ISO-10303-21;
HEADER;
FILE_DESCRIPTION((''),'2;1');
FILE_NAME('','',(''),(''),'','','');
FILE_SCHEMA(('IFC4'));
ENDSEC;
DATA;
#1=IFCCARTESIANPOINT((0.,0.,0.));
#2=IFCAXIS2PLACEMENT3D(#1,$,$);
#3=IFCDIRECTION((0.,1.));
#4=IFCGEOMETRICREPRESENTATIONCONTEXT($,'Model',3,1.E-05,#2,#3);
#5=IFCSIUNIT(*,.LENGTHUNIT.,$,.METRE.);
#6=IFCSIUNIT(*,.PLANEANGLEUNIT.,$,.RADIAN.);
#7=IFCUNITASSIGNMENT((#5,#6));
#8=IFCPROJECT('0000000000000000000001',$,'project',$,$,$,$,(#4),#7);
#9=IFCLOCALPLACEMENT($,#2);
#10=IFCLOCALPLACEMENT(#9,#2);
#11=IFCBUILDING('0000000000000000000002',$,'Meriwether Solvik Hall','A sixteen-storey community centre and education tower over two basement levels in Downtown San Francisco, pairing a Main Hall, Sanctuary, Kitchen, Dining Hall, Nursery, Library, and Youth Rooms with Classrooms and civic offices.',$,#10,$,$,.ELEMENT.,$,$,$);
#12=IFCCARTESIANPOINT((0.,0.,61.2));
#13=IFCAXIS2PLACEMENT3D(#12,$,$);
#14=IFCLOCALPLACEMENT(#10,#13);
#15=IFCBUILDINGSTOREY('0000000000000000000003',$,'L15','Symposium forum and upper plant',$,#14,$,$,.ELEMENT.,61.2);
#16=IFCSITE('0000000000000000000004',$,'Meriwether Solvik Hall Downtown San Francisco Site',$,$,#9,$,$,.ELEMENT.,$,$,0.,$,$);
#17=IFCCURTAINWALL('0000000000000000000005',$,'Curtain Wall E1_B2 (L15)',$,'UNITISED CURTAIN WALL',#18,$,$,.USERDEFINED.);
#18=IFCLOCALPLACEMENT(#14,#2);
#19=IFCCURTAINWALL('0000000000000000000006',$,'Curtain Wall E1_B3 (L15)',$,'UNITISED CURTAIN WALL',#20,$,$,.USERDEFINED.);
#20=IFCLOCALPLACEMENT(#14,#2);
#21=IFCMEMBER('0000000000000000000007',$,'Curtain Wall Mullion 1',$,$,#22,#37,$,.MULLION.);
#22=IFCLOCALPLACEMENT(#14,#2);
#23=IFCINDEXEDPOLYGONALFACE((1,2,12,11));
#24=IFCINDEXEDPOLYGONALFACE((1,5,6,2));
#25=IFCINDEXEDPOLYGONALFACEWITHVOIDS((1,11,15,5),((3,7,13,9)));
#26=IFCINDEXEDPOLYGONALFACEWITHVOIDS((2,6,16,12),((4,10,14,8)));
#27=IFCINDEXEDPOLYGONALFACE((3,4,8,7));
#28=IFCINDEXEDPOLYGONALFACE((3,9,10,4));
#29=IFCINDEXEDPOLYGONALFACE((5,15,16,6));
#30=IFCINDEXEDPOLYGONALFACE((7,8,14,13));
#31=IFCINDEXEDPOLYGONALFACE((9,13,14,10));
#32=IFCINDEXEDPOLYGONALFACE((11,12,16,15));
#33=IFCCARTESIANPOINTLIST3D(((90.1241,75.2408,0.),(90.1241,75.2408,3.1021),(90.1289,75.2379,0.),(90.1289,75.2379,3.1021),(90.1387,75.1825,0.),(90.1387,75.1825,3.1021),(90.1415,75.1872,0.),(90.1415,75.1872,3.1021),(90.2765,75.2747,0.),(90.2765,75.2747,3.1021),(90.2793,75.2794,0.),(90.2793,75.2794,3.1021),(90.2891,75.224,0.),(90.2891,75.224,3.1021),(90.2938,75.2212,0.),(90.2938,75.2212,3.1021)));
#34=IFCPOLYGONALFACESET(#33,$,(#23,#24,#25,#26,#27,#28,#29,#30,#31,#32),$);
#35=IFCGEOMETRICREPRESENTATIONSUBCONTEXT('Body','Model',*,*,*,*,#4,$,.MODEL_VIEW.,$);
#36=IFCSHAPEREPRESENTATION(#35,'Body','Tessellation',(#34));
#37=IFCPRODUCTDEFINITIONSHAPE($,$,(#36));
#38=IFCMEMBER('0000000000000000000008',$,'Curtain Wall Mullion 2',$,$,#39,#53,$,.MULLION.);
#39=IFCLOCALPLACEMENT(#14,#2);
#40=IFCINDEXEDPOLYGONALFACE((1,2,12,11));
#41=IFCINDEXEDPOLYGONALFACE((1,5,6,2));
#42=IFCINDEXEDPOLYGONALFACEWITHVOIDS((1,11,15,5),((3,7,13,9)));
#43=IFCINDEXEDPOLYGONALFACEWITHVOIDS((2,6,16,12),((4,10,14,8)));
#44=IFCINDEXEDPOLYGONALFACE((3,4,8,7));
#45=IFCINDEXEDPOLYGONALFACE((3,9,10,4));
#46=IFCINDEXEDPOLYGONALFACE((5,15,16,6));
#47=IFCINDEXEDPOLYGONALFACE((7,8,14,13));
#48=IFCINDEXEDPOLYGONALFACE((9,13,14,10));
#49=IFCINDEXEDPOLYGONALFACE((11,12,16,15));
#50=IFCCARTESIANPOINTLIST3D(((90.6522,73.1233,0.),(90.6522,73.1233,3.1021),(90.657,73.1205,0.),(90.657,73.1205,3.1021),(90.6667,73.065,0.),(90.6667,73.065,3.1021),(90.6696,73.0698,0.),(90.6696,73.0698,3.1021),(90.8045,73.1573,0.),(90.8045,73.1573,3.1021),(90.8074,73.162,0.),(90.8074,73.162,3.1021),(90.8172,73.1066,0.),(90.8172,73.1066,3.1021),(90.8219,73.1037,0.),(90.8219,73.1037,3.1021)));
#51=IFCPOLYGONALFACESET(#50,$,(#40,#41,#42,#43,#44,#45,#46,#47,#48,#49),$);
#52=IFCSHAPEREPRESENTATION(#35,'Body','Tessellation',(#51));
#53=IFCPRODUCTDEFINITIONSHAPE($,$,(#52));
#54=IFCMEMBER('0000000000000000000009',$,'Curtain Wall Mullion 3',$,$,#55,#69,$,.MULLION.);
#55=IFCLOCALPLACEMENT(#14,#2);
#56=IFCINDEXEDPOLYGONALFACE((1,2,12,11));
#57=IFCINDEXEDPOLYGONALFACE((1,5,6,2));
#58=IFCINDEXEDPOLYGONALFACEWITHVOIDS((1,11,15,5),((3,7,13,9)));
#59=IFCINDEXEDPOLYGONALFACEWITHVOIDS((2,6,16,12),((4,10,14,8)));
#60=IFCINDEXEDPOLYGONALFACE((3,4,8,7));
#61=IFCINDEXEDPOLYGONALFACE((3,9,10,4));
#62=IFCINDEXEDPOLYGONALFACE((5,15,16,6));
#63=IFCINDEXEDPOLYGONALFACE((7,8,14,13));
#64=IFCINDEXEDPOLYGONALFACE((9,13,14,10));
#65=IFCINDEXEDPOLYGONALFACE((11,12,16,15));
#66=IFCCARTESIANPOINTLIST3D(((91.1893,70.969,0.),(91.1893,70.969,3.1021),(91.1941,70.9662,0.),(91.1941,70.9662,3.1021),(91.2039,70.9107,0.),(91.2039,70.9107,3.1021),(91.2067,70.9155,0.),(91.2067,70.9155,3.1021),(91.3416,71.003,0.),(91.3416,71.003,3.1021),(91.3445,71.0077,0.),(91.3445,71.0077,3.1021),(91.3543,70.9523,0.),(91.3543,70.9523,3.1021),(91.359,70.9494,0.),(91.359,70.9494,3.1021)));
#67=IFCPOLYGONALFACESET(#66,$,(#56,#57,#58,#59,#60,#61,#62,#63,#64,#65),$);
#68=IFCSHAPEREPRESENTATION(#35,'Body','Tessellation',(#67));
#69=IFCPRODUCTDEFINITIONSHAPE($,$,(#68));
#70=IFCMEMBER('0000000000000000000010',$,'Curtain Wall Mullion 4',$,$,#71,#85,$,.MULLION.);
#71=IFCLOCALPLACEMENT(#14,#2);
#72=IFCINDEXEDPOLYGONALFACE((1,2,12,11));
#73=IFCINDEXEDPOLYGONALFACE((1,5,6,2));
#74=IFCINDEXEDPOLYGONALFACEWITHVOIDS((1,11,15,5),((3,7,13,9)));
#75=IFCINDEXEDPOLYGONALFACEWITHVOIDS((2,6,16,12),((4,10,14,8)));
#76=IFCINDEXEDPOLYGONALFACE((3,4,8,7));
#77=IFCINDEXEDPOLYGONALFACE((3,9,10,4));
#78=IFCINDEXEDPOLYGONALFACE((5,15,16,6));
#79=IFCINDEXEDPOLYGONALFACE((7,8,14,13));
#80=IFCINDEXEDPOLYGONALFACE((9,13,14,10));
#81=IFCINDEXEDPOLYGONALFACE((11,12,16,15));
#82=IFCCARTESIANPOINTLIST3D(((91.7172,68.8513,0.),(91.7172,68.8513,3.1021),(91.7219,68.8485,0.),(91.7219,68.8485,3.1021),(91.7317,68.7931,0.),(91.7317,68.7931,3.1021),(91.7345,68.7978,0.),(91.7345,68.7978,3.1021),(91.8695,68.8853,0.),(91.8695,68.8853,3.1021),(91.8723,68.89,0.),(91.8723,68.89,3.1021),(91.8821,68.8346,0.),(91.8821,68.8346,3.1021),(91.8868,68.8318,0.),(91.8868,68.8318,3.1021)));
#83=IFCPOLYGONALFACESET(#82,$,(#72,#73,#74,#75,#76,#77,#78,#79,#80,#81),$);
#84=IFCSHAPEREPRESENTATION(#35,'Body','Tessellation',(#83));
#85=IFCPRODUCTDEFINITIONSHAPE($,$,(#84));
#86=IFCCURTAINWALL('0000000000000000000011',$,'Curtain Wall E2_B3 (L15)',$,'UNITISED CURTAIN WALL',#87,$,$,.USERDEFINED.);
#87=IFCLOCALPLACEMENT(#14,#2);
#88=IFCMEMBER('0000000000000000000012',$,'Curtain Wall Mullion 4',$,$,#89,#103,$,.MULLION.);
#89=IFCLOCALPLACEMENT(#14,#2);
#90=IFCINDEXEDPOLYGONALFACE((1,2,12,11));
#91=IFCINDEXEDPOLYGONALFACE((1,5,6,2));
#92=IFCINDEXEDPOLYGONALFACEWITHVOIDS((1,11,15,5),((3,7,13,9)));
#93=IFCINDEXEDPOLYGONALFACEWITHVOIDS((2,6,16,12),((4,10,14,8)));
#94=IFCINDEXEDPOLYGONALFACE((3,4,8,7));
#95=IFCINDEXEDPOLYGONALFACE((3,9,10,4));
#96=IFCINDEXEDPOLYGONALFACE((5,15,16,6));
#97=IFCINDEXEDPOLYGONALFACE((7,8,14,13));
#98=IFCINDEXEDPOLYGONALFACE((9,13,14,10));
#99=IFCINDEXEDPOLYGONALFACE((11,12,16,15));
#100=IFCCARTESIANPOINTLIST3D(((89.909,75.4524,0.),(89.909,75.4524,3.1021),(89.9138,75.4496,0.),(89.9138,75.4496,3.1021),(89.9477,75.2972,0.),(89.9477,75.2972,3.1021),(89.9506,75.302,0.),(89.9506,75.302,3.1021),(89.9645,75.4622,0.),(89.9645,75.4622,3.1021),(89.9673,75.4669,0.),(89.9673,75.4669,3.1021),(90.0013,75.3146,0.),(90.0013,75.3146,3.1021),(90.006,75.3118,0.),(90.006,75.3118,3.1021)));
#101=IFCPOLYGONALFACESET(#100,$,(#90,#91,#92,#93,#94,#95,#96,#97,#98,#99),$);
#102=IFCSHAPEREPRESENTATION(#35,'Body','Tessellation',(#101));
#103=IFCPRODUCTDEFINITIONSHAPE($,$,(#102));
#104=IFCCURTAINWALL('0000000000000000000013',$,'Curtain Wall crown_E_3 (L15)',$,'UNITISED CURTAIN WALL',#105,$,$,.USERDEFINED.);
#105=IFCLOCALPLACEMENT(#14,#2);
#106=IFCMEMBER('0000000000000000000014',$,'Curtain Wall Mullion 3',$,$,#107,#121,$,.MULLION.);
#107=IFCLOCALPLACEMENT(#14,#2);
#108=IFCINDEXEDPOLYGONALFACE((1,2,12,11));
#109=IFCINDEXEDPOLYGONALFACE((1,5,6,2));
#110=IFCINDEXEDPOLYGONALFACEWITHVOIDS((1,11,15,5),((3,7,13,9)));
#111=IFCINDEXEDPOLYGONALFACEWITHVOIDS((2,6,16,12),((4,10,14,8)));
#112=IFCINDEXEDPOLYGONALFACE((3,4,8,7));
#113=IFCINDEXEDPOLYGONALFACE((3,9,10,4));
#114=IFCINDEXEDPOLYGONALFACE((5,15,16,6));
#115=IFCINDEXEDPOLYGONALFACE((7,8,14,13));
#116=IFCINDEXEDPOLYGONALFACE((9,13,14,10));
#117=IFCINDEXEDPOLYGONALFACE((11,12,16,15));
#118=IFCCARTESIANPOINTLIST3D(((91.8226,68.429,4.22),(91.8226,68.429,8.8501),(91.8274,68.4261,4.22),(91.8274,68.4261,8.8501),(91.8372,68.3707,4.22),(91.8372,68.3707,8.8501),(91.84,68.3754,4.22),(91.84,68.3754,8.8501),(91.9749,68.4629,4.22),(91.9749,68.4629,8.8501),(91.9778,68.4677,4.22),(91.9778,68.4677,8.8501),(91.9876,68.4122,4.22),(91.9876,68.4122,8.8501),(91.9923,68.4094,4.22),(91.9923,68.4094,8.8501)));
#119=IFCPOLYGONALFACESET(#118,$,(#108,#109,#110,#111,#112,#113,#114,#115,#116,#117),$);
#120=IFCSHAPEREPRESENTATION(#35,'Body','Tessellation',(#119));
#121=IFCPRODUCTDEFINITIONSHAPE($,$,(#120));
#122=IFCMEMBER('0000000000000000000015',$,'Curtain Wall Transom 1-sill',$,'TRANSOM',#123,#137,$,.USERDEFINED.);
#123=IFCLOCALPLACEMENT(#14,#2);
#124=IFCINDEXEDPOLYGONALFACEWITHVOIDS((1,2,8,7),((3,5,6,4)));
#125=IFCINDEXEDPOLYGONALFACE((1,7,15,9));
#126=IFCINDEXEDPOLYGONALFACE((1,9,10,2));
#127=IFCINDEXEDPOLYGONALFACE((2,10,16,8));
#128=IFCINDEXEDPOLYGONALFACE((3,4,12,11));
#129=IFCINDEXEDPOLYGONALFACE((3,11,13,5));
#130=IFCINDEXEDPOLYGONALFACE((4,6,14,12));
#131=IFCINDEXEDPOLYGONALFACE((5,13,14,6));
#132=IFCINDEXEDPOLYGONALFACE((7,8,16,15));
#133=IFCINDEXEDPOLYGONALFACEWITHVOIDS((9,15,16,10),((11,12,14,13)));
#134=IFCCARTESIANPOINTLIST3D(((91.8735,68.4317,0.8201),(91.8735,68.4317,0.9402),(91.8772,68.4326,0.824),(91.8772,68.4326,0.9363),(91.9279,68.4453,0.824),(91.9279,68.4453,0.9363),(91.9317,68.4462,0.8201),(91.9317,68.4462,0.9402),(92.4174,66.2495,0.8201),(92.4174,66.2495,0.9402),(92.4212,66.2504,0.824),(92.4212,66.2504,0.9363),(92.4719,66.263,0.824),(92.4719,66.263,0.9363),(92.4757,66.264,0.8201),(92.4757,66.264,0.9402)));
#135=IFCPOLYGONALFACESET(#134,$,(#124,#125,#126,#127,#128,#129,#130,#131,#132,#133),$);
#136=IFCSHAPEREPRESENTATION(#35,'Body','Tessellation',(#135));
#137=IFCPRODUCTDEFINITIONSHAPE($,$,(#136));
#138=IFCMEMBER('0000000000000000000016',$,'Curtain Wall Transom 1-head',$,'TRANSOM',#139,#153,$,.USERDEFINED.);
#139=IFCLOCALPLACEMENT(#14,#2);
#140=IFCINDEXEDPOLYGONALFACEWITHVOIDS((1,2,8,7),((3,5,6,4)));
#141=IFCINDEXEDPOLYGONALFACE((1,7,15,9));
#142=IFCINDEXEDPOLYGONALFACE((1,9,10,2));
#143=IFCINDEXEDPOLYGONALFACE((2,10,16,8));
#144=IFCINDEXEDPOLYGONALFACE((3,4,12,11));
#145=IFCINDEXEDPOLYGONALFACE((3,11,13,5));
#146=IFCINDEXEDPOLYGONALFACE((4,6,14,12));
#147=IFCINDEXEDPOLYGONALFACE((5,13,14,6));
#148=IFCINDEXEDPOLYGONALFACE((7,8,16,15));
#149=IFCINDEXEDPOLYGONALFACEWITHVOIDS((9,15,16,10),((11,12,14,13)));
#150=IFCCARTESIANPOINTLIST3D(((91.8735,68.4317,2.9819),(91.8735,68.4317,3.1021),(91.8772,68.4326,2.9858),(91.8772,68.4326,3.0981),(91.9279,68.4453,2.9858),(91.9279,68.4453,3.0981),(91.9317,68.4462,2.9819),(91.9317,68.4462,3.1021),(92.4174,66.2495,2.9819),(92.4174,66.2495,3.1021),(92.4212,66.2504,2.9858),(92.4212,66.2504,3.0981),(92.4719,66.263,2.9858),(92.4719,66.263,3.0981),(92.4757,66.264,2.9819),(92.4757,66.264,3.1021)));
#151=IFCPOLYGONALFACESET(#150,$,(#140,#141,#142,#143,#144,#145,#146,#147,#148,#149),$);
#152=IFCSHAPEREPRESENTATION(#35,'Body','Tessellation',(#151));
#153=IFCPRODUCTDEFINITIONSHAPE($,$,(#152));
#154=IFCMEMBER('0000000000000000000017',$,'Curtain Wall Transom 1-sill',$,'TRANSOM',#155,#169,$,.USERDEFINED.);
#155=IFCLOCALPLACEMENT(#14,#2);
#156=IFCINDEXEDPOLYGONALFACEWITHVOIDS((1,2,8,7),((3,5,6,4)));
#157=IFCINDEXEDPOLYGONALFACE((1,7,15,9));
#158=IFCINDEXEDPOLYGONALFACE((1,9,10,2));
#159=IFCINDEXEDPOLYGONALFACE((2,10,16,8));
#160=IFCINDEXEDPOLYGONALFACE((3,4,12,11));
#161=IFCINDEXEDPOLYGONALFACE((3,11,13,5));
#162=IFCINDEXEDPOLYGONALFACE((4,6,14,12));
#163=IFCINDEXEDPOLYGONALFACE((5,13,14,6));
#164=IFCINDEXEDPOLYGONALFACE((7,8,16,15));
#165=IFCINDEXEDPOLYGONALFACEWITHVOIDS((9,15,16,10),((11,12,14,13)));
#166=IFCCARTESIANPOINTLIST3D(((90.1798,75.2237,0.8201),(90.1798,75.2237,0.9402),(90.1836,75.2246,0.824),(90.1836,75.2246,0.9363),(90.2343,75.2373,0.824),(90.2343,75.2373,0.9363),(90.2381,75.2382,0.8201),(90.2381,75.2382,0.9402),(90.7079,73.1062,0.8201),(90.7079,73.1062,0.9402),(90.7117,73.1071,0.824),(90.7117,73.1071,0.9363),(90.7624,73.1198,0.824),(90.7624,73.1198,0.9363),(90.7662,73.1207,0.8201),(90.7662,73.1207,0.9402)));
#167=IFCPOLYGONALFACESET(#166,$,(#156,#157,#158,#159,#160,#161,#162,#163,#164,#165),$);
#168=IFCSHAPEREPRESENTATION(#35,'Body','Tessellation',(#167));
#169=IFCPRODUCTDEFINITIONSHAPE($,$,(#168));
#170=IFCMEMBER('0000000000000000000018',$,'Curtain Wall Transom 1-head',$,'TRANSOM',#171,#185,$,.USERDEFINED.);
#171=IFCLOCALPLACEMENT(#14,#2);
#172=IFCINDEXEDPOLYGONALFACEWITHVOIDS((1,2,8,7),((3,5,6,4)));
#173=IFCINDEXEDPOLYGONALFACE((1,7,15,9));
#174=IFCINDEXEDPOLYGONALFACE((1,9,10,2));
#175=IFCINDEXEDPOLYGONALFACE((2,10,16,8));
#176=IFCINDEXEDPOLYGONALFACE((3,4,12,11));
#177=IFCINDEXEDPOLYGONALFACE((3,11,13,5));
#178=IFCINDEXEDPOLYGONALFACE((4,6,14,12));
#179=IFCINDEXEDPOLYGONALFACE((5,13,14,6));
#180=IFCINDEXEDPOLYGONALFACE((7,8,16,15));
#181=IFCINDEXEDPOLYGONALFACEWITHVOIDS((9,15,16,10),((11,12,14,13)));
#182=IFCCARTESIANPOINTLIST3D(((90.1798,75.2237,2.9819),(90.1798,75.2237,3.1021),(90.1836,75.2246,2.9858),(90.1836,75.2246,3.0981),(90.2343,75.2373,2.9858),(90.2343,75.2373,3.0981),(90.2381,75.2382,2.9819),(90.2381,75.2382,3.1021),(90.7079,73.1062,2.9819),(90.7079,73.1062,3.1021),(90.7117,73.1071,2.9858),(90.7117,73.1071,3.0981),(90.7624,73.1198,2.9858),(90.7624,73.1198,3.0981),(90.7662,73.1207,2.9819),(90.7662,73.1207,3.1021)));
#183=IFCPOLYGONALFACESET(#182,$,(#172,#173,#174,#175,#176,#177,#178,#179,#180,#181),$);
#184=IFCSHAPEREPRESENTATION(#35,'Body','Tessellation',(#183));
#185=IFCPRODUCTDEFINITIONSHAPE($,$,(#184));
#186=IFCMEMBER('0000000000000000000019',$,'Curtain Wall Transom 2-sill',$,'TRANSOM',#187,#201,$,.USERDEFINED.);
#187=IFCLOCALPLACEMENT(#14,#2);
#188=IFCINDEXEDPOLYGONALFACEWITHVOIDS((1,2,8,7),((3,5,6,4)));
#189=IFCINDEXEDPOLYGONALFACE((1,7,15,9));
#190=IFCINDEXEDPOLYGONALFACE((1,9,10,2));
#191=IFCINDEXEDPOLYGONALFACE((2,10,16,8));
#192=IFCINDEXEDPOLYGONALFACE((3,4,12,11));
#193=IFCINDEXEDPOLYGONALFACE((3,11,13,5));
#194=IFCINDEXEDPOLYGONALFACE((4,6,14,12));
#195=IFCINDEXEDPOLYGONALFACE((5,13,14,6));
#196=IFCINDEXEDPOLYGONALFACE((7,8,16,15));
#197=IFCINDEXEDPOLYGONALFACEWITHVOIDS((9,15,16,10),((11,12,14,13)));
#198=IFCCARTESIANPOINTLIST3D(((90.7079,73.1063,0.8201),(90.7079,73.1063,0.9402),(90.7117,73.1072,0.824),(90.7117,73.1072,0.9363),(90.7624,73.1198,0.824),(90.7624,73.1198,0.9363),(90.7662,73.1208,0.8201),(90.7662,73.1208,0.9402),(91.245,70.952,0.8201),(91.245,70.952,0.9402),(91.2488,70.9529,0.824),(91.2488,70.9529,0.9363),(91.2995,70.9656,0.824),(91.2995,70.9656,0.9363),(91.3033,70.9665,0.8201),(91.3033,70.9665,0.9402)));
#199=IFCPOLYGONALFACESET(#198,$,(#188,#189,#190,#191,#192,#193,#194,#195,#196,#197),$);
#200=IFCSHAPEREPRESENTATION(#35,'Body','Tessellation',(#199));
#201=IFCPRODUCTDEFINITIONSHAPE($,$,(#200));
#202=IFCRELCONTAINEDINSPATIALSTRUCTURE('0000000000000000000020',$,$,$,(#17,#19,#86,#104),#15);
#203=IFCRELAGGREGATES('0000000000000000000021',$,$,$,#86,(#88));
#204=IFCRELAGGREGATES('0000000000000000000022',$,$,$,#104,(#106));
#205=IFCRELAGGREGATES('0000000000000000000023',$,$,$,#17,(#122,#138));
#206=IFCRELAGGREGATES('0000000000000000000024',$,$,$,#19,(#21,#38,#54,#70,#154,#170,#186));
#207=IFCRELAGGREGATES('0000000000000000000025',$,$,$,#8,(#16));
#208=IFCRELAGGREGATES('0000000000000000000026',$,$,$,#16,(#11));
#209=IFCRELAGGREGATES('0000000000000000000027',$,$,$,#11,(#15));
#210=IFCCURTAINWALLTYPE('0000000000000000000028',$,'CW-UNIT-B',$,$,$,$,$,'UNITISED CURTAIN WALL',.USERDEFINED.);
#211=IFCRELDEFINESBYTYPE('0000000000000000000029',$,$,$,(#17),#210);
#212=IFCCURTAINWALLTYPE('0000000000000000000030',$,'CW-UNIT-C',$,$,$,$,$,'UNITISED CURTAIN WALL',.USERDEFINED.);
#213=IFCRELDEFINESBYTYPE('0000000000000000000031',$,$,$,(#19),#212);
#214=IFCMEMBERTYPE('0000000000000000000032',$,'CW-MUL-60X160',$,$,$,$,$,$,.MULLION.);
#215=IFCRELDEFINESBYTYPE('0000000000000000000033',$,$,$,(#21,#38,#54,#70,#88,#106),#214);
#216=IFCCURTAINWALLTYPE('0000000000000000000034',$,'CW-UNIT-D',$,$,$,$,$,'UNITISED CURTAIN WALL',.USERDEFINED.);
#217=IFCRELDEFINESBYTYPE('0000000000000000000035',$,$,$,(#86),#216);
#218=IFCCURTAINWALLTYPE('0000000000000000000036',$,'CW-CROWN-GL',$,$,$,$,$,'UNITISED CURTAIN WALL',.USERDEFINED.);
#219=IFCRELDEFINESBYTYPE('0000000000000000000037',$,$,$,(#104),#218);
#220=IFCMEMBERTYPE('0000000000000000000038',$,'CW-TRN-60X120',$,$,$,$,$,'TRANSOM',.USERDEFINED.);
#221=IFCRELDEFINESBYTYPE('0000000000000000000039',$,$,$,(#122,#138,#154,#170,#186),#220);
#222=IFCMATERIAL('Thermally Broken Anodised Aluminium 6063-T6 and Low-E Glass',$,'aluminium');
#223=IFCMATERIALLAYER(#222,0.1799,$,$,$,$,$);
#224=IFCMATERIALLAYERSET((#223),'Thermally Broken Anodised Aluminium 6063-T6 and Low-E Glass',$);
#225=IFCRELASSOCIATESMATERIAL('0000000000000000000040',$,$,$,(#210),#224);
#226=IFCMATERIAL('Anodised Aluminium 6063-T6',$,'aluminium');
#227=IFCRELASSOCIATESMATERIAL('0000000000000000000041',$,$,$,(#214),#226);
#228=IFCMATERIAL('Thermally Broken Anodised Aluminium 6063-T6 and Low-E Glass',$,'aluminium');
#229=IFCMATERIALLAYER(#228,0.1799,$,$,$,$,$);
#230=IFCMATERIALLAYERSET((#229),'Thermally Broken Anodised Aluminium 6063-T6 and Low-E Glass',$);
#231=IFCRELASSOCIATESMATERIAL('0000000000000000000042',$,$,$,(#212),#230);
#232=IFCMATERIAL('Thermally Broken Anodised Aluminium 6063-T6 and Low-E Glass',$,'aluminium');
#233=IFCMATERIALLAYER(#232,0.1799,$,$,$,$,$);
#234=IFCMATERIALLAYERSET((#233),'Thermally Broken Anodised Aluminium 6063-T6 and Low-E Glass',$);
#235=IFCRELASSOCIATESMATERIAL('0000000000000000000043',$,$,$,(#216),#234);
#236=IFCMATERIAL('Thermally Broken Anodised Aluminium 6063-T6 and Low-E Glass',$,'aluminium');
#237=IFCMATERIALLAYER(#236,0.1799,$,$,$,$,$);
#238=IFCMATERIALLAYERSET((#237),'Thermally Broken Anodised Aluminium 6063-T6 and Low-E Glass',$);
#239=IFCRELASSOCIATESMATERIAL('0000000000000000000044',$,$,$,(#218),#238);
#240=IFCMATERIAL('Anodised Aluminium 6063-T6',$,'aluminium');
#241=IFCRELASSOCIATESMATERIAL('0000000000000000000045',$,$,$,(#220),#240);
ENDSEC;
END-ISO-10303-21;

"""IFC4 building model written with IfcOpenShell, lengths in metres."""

from ifc_helpers import new_model, si_unit, direction, frame, origin, origin_2d, place, context, subcontext, project, spatial, hollow_rectangle, extrude, material, layer, layer_set, material_profile, profile_set, type_object, element, aggregate, save


model = new_model("IFC4")

# Units and contexts
model_context = context("Model", 3, precision=1e-05, world=origin(), true_north=direction((0.0, 1.0)))
body_context = subcontext(model_context, "Body", "Model", "MODEL_VIEW")
ifc_project = project(units=[si_unit("LENGTHUNIT", "METRE"), si_unit("PLANEANGLEUNIT", "RADIAN")], contexts=[model_context])

# Site, building, storey
site_placement = place(None, origin())
site = spatial("IfcSite", under=ifc_project, at=site_placement, Name="Meriwether Solvik Hall Downtown San Francisco Site", CompositionType="ELEMENT", RefElevation=0.0)
building_placement = place(site_placement, origin())
building = spatial("IfcBuilding", under=site, at=building_placement, Name="Meriwether Solvik Hall", Description="A sixteen-storey community centre and education tower over two basement levels in Downtown San Francisco, pairing a Main Hall, Sanctuary, Kitchen, Dining Hall, Nursery, Library, and Youth Rooms with Classrooms and civic offices.", CompositionType="ELEMENT")
storey_placement = place(building_placement, frame((0.0, 0.0, 61.2)))
storey = spatial("IfcBuildingStorey", under=building, at=storey_placement, Name="L15", Description="Symposium forum and upper plant", CompositionType="ELEMENT", Elevation=61.2)

# Curtain wall
ifc_material_1 = material(Name="Thermally Broken Anodised Aluminium 6063-T6 and Low-E Glass", Category="aluminium")
ifc_layer_1 = layer(ifc_material_1, 0.1799)
ifc_layer_set_1 = layer_set([ifc_layer_1], Name="Thermally Broken Anodised Aluminium 6063-T6 and Low-E Glass")
curtain_wall_type_1 = type_object("IfcCurtainWallType", Name="CW-UNIT-B", ElementType="UNITISED CURTAIN WALL", PredefinedType="USERDEFINED", material=ifc_layer_set_1)
curtain_wall_1_placement = place(storey_placement, origin())
curtain_wall_1 = element("IfcCurtainWall", 1, at=curtain_wall_1_placement, inside=storey, type_object=curtain_wall_type_1, Name="Curtain Wall E1_B2 (L15)", ObjectType="UNITISED CURTAIN WALL", PredefinedType="USERDEFINED")
ifc_material_2 = material(Name="Anodised Aluminium 6063-T6", Category="aluminium")
ifc_material_profile_1 = material_profile(ifc_material_2, hollow_rectangle(XDim=0.0601, YDim=0.1599, WallThickness=0.0039, at=origin_2d()), Name="CWM-60X160")
ifc_profile_set_1 = profile_set([ifc_material_profile_1], Name="Anodised Aluminium 6063-T6")
member_type_1 = type_object("IfcMemberType", Name="CW-MUL-60X160", PredefinedType="MULLION", material=ifc_profile_set_1)

# Curtain wall, members
ifc_material_3 = material(Name="Thermally Broken Anodised Aluminium 6063-T6 and Low-E Glass", Category="aluminium")
ifc_layer_2 = layer(ifc_material_3, 0.1799)
ifc_layer_set_2 = layer_set([ifc_layer_2], Name="Thermally Broken Anodised Aluminium 6063-T6 and Low-E Glass")
curtain_wall_type_2 = type_object("IfcCurtainWallType", Name="CW-UNIT-C", ElementType="UNITISED CURTAIN WALL", PredefinedType="USERDEFINED", material=ifc_layer_set_2)
curtain_wall_2_placement = place(storey_placement, origin())
curtain_wall_2 = element("IfcCurtainWall", 2, at=curtain_wall_2_placement, inside=storey, type_object=curtain_wall_type_2, Name="Curtain Wall E1_B3 (L15)", ObjectType="UNITISED CURTAIN WALL", PredefinedType="USERDEFINED")
member_1_placement = place(storey_placement, frame((90.209, 75.231, 0.0), z_axis=(0.0, 0.0, 1.0), x_axis=(0.241922, -0.970296, 0.0)))
member_1 = element("IfcMember", 3, at=member_1_placement, type_object=member_type_1, Name="Curtain Wall Mullion 1", PredefinedType="MULLION", context=body_context, shape_type="SweptSolid", body=[
    extrude(hollow_rectangle(XDim=0.0601, YDim=0.1599, WallThickness=0.0039, at=origin_2d()), origin(), (0.0, 0.0, 1.0), 3.1021),
])
member_2_placement = place(storey_placement, frame((90.7371, 73.1135, 0.0), z_axis=(0.0, 0.0, 1.0), x_axis=(0.241922, -0.970296, 0.0)))
member_2 = element("IfcMember", 4, at=member_2_placement, type_object=member_type_1, Name="Curtain Wall Mullion 2", PredefinedType="MULLION", context=body_context, shape_type="SweptSolid", body=[
    extrude(hollow_rectangle(XDim=0.0601, YDim=0.1599, WallThickness=0.0039, at=origin_2d()), origin(), (0.0, 0.0, 1.0), 3.1021),
])
member_3_placement = place(storey_placement, frame((91.2742, 70.9592, 0.0), z_axis=(0.0, 0.0, 1.0), x_axis=(0.241922, -0.970296, 0.0)))
member_3 = element("IfcMember", 5, at=member_3_placement, type_object=member_type_1, Name="Curtain Wall Mullion 3", PredefinedType="MULLION", context=body_context, shape_type="SweptSolid", body=[
    extrude(hollow_rectangle(XDim=0.0601, YDim=0.1599, WallThickness=0.0039, at=origin_2d()), origin(), (0.0, 0.0, 1.0), 3.1021),
])
member_4_placement = place(storey_placement, frame((91.802, 68.8416, 0.0), z_axis=(0.0, 0.0, 1.0), x_axis=(0.241922, -0.970296, 0.0)))
member_4 = element("IfcMember", 6, at=member_4_placement, type_object=member_type_1, Name="Curtain Wall Mullion 4", PredefinedType="MULLION", context=body_context, shape_type="SweptSolid", body=[
    extrude(hollow_rectangle(XDim=0.0601, YDim=0.1599, WallThickness=0.0039, at=origin_2d()), origin(), (0.0, 0.0, 1.0), 3.1021),
])

# Curtain walls, members
ifc_material_4 = material(Name="Thermally Broken Anodised Aluminium 6063-T6 and Low-E Glass", Category="aluminium")
ifc_layer_3 = layer(ifc_material_4, 0.1799)
ifc_layer_set_3 = layer_set([ifc_layer_3], Name="Thermally Broken Anodised Aluminium 6063-T6 and Low-E Glass")
curtain_wall_type_3 = type_object("IfcCurtainWallType", Name="CW-UNIT-D", ElementType="UNITISED CURTAIN WALL", PredefinedType="USERDEFINED", material=ifc_layer_set_3)
curtain_wall_3_placement = place(storey_placement, origin())
curtain_wall_3 = element("IfcCurtainWall", 7, at=curtain_wall_3_placement, inside=storey, type_object=curtain_wall_type_3, Name="Curtain Wall E2_B3 (L15)", ObjectType="UNITISED CURTAIN WALL", PredefinedType="USERDEFINED")
member_5_placement = place(storey_placement, frame((89.9575, 75.3821, 0.0), z_axis=(0.0, 0.0, 1.0), x_axis=(0.970296, 0.241922, 0.0)))
member_5 = element("IfcMember", 8, at=member_5_placement, type_object=member_type_1, Name="Curtain Wall Mullion 4", PredefinedType="MULLION", context=body_context, shape_type="SweptSolid", body=[
    extrude(hollow_rectangle(XDim=0.0601, YDim=0.1599, WallThickness=0.0039, at=origin_2d()), origin(), (0.0, 0.0, 1.0), 3.1021),
])
aggregate(curtain_wall_3, [member_5])
ifc_material_5 = material(Name="Thermally Broken Anodised Aluminium 6063-T6 and Low-E Glass", Category="aluminium")
ifc_layer_4 = layer(ifc_material_5, 0.1799)
ifc_layer_set_4 = layer_set([ifc_layer_4], Name="Thermally Broken Anodised Aluminium 6063-T6 and Low-E Glass")
curtain_wall_type_4 = type_object("IfcCurtainWallType", Name="CW-CROWN-GL", ElementType="UNITISED CURTAIN WALL", PredefinedType="USERDEFINED", material=ifc_layer_set_4)
curtain_wall_4_placement = place(storey_placement, origin())
curtain_wall_4 = element("IfcCurtainWall", 9, at=curtain_wall_4_placement, inside=storey, type_object=curtain_wall_type_4, Name="Curtain Wall crown_E_3 (L15)", ObjectType="UNITISED CURTAIN WALL", PredefinedType="USERDEFINED")
member_6_placement = place(storey_placement, frame((91.9075, 68.4192, 4.22), z_axis=(0.0, 0.0, 1.0), x_axis=(-0.241923, 0.970296, 0.0)))
member_6 = element("IfcMember", 10, at=member_6_placement, type_object=member_type_1, Name="Curtain Wall Mullion 3", PredefinedType="MULLION", context=body_context, shape_type="SweptSolid", body=[
    extrude(hollow_rectangle(XDim=0.0601, YDim=0.1599, WallThickness=0.0039, at=origin_2d()), origin(), (0.0, 0.0, 1.0), 4.6301),
])
aggregate(curtain_wall_4, [member_6])

# Members
ifc_material_6 = material(Name="Anodised Aluminium 6063-T6", Category="aluminium")
ifc_material_profile_2 = material_profile(ifc_material_6, hollow_rectangle(XDim=0.0601, YDim=0.1201, WallThickness=0.0039, at=origin_2d()), Name="CWT-60X120")
ifc_profile_set_2 = profile_set([ifc_material_profile_2], Name="Anodised Aluminium 6063-T6")
member_type_2 = type_object("IfcMemberType", Name="CW-TRN-60X120", ElementType="TRANSOM", PredefinedType="USERDEFINED", material=ifc_profile_set_2)
member_7_placement = place(storey_placement, frame((91.9026, 68.439, 0.8801), z_axis=(0.241871, -0.970308, 0.0), x_axis=(0.970308, 0.241871, 0.0)))
member_7 = element("IfcMember", 11, at=member_7_placement, type_object=member_type_2, Name="Curtain Wall Transom 1-sill", ObjectType="TRANSOM", PredefinedType="USERDEFINED", context=body_context, shape_type="SweptSolid", body=[
    extrude(hollow_rectangle(XDim=0.0601, YDim=0.1201, WallThickness=0.0039, at=origin_2d()), origin(), (0.0, 0.0, 1.0), 2.249),
])
member_8_placement = place(storey_placement, frame((91.9026, 68.439, 3.042), z_axis=(0.241871, -0.970308, 0.0), x_axis=(0.970308, 0.241871, 0.0)))
member_8 = element("IfcMember", 12, at=member_8_placement, type_object=member_type_2, Name="Curtain Wall Transom 1-head", ObjectType="TRANSOM", PredefinedType="USERDEFINED", context=body_context, shape_type="SweptSolid", body=[
    extrude(hollow_rectangle(XDim=0.0601, YDim=0.1201, WallThickness=0.0039, at=origin_2d()), origin(), (0.0, 0.0, 1.0), 2.249),
])
member_9_placement = place(storey_placement, frame((90.209, 75.231, 0.8801), z_axis=(0.241983, -0.970281, 0.0), x_axis=(0.970281, 0.241983, 0.0)))
member_9 = element("IfcMember", 13, at=member_9_placement, type_object=member_type_2, Name="Curtain Wall Transom 1-sill", ObjectType="TRANSOM", PredefinedType="USERDEFINED", context=body_context, shape_type="SweptSolid", body=[
    extrude(hollow_rectangle(XDim=0.0601, YDim=0.1201, WallThickness=0.0039, at=origin_2d()), origin(), (0.0, 0.0, 1.0), 2.1824),
])
member_10_placement = place(storey_placement, frame((90.209, 75.231, 3.042), z_axis=(0.241983, -0.970281, 0.0), x_axis=(0.970281, 0.241983, 0.0)))
member_10 = element("IfcMember", 14, at=member_10_placement, type_object=member_type_2, Name="Curtain Wall Transom 1-head", ObjectType="TRANSOM", PredefinedType="USERDEFINED", context=body_context, shape_type="SweptSolid", body=[
    extrude(hollow_rectangle(XDim=0.0601, YDim=0.1201, WallThickness=0.0039, at=origin_2d()), origin(), (0.0, 0.0, 1.0), 2.1824),
])
member_11_placement = place(storey_placement, frame((90.7371, 73.1135, 0.8801), z_axis=(0.241915, -0.970298, 0.0), x_axis=(0.970298, 0.241915, 0.0)))
member_11 = element("IfcMember", 15, at=member_11_placement, type_object=member_type_2, Name="Curtain Wall Transom 2-sill", ObjectType="TRANSOM", PredefinedType="USERDEFINED", context=body_context, shape_type="SweptSolid", body=[
    extrude(hollow_rectangle(XDim=0.0601, YDim=0.1201, WallThickness=0.0039, at=origin_2d()), origin(), (0.0, 0.0, 1.0), 2.2202),
])

aggregate(curtain_wall_1, [member_7, member_8])
aggregate(curtain_wall_2, [member_1, member_2, member_3, member_4, member_9, member_10, member_11])

save(model, "model.ifc")
